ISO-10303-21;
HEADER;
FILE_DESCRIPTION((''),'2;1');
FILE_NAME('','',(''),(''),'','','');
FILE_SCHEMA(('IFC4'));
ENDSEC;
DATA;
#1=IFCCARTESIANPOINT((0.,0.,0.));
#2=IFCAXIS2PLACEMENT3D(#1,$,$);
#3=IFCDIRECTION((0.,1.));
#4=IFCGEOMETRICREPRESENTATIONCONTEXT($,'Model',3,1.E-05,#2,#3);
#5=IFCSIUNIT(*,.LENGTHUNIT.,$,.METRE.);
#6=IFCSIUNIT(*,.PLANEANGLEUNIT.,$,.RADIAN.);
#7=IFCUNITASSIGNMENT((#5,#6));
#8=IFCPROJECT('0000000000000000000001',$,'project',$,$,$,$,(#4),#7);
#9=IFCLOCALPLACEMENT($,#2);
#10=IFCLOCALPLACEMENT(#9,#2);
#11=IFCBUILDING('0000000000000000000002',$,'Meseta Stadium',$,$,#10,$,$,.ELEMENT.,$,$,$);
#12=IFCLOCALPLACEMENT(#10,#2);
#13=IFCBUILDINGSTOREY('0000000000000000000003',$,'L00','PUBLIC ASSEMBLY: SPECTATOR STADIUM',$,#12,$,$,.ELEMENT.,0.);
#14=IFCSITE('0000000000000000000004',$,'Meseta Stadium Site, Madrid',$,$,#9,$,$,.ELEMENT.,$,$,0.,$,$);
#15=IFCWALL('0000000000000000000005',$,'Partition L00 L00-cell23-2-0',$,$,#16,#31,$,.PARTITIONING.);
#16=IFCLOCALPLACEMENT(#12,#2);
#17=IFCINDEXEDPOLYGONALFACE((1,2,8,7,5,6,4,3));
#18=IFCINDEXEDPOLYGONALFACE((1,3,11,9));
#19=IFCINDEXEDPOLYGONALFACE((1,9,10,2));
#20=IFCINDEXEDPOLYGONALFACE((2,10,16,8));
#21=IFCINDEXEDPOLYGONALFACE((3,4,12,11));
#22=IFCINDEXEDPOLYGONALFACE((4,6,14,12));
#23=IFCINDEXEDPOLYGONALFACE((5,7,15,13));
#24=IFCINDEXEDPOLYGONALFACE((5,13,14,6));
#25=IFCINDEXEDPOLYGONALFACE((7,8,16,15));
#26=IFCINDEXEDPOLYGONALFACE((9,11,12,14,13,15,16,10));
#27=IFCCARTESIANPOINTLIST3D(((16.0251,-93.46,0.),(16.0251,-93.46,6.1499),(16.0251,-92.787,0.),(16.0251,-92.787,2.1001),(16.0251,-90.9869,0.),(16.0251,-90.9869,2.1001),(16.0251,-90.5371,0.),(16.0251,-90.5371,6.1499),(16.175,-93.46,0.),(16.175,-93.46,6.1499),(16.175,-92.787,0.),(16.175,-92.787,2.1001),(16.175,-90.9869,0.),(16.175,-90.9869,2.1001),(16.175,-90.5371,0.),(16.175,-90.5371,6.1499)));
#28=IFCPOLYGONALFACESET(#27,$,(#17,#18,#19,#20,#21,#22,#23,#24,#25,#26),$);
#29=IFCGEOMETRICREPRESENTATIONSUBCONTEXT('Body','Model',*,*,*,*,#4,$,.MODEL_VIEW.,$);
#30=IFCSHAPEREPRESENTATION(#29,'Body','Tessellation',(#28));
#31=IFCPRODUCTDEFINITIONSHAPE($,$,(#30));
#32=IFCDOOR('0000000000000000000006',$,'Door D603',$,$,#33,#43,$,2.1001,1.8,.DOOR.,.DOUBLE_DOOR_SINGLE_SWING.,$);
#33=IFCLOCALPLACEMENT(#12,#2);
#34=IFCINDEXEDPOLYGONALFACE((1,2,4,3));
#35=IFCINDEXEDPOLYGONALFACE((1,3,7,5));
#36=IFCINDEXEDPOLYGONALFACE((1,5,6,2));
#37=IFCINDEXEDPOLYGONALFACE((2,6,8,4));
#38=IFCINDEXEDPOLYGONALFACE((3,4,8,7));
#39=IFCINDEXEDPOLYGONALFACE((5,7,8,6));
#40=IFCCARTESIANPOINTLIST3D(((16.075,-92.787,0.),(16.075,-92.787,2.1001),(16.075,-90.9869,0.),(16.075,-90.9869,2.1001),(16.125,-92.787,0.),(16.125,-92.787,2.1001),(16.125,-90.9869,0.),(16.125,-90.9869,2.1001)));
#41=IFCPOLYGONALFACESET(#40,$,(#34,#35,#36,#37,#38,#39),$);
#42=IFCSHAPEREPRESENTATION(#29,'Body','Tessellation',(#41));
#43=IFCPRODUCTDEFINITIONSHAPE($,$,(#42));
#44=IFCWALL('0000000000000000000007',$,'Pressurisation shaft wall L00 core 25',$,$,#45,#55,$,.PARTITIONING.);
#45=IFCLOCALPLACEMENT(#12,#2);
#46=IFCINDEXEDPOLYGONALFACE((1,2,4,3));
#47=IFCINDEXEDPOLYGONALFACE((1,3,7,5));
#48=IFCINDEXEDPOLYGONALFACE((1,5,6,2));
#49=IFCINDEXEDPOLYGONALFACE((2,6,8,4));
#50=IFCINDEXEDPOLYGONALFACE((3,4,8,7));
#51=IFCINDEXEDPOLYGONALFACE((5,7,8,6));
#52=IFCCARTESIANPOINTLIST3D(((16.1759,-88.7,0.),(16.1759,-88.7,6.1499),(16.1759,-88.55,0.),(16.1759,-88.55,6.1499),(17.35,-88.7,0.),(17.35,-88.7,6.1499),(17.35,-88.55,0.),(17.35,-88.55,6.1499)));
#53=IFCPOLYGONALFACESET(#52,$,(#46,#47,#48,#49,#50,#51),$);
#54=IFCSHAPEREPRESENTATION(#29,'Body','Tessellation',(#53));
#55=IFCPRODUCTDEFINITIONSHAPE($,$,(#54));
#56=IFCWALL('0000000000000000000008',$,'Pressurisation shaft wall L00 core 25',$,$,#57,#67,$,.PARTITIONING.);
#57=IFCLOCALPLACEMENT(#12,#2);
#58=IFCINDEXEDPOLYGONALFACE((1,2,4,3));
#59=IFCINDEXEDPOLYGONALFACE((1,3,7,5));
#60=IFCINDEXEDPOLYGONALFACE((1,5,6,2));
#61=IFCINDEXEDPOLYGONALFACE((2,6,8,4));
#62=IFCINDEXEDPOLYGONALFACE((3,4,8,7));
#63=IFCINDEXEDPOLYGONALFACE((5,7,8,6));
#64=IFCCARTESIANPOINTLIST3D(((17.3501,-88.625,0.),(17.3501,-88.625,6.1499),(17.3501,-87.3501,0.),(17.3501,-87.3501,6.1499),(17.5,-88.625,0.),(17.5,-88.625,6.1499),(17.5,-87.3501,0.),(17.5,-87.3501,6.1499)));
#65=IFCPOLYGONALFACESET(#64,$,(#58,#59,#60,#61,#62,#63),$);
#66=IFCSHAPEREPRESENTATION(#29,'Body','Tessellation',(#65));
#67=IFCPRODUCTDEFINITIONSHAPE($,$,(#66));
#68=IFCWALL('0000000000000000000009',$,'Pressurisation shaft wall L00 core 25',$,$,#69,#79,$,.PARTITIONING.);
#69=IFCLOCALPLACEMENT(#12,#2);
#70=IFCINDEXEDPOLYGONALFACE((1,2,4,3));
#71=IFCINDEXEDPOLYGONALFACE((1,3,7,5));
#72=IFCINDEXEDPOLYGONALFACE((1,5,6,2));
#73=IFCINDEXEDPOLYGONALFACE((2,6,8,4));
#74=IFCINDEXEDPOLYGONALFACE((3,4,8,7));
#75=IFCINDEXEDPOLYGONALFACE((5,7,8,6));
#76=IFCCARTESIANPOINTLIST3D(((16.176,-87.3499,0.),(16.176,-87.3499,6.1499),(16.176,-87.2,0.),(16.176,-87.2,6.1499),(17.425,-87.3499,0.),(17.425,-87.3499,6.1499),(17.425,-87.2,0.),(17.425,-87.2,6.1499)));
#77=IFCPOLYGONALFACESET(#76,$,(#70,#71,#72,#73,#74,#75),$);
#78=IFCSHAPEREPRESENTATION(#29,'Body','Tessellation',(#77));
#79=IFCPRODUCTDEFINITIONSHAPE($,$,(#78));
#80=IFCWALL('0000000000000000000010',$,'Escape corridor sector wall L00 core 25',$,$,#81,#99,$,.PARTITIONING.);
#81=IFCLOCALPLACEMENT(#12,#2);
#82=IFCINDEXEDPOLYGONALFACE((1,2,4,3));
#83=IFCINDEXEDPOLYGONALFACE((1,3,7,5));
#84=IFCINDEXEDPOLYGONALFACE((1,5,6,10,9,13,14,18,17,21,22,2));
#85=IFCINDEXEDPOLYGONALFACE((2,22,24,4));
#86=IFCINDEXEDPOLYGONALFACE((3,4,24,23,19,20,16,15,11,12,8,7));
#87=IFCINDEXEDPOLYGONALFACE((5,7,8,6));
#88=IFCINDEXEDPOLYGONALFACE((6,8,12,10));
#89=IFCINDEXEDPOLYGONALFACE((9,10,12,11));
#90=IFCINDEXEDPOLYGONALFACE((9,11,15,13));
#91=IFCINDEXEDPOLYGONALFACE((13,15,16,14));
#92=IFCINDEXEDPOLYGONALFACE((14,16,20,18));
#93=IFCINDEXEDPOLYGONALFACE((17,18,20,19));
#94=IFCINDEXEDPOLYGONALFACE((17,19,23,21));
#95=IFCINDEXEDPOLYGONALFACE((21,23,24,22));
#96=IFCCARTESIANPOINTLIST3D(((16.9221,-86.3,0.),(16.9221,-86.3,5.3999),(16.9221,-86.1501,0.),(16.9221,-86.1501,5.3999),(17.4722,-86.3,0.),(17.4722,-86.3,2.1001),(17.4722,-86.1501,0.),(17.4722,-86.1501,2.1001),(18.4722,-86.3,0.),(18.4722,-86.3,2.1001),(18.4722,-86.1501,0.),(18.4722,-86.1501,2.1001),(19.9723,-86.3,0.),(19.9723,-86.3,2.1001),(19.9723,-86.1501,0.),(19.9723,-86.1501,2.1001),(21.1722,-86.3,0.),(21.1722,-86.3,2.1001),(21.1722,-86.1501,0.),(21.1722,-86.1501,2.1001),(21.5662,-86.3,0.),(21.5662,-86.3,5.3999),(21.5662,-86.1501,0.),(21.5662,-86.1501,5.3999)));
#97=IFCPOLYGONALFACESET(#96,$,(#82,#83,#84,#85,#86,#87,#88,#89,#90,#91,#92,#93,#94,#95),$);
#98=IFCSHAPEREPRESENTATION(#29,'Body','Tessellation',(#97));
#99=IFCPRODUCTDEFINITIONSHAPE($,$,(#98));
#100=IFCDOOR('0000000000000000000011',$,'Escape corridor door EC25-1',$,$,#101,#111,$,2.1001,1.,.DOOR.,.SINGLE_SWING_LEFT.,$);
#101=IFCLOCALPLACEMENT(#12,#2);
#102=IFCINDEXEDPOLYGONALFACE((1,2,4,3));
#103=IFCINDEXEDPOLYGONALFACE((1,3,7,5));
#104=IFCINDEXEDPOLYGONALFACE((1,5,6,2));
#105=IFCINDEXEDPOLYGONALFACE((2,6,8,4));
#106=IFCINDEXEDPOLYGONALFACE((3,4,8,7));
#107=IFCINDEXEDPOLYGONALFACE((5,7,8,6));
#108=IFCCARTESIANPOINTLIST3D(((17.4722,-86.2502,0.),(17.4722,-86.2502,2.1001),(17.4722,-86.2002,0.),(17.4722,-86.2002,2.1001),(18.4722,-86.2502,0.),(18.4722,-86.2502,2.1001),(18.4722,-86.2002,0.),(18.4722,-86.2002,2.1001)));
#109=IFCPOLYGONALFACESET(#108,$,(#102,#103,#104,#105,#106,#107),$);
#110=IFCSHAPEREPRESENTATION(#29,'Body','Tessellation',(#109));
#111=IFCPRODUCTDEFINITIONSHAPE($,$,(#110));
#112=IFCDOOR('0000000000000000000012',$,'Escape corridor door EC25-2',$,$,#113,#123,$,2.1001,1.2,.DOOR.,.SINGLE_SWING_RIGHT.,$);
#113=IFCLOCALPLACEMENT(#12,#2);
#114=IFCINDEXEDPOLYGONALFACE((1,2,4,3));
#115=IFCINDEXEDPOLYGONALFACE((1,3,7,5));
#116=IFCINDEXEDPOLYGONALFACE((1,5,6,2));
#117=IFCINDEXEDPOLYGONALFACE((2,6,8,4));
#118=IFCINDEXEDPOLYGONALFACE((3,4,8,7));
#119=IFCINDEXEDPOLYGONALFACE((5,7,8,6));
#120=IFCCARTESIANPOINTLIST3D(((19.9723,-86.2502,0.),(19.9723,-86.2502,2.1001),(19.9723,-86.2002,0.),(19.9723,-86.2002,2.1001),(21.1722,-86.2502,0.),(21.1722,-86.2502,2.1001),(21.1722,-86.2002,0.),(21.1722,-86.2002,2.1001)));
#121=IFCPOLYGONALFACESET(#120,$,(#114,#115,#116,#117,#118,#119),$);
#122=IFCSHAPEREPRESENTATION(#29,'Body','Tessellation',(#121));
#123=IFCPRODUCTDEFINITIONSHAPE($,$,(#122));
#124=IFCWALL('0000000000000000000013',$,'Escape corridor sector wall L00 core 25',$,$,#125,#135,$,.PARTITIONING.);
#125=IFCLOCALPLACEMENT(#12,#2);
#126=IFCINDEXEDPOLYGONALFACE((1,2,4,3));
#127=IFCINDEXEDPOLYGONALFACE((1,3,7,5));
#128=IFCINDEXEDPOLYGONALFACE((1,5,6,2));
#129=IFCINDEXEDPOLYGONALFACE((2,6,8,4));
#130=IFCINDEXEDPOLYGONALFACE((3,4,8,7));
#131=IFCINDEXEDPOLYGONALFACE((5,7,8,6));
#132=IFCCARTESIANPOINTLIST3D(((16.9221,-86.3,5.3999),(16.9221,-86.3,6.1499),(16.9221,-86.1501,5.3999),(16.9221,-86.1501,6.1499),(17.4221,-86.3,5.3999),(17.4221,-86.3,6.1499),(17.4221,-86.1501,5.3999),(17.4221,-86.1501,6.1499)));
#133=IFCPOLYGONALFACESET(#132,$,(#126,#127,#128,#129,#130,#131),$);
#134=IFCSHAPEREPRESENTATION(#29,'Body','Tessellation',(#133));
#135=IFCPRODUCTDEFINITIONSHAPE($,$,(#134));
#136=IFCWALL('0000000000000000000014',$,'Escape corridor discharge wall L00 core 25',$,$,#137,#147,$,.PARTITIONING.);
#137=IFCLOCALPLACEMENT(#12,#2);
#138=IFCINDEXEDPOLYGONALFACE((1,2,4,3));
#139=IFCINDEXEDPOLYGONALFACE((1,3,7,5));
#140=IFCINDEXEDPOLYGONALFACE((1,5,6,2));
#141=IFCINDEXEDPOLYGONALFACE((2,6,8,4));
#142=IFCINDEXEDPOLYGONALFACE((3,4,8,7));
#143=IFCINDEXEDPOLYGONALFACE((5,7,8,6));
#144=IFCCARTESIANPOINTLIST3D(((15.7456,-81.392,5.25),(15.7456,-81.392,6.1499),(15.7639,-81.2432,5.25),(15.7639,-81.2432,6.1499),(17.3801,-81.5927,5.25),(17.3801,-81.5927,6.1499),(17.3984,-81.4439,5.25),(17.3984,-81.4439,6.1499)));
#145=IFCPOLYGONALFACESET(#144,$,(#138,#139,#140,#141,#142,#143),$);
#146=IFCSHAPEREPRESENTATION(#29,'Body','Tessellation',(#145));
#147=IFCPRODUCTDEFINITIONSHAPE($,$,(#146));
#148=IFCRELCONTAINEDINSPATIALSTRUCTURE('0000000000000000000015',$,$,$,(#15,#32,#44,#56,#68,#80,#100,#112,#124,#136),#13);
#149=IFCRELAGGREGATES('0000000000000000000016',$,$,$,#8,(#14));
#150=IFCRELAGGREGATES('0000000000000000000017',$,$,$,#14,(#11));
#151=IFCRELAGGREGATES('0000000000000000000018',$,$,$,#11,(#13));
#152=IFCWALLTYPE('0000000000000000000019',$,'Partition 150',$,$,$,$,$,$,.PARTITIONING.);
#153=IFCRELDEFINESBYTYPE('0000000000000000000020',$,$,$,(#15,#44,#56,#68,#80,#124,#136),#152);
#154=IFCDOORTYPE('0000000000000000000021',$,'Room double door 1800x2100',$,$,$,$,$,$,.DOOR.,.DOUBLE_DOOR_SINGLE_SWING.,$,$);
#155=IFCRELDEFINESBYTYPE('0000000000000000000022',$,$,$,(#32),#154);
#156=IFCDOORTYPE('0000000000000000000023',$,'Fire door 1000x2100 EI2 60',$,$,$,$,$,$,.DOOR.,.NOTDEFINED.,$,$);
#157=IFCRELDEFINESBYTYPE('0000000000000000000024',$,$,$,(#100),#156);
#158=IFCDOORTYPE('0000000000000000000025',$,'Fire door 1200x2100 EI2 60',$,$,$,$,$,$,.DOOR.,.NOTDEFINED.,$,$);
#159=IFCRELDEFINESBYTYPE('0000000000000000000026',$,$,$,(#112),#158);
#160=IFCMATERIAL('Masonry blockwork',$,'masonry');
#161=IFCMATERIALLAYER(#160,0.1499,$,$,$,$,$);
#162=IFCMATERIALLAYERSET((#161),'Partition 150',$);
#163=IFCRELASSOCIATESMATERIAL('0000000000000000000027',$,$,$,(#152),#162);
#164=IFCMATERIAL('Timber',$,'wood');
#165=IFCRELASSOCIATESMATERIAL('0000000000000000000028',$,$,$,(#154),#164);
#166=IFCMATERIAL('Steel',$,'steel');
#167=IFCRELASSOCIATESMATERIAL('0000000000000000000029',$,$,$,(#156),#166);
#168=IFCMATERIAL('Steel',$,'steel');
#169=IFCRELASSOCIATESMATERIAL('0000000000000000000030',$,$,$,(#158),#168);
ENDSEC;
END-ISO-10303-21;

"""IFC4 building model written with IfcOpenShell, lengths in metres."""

from ifc_helpers import new_model, si_unit, direction, frame, frame_2d, origin, place, context, subcontext, project, spatial, rectangle, extrude, material, layer, layer_set, type_object, element, fill, save


model = new_model("IFC4")

# Units and contexts
model_context = context("Model", 3, precision=1e-05, world=origin(), true_north=direction((0.0, 1.0)))
body_context = subcontext(model_context, "Body", "Model", "MODEL_VIEW")
ifc_project = project(units=[si_unit("LENGTHUNIT", "METRE"), si_unit("PLANEANGLEUNIT", "RADIAN")], contexts=[model_context])

# Site, building, storey
site_placement = place(None, origin())
site = spatial("IfcSite", under=ifc_project, at=site_placement, Name="Meseta Stadium Site, Madrid", CompositionType="ELEMENT", RefElevation=0.0)
building_placement = place(site_placement, origin())
building = spatial("IfcBuilding", under=site, at=building_placement, Name="Meseta Stadium", CompositionType="ELEMENT")
storey_placement = place(building_placement, origin())
storey = spatial("IfcBuildingStorey", under=building, at=storey_placement, Name="L00", Description="PUBLIC ASSEMBLY: SPECTATOR STADIUM", CompositionType="ELEMENT", Elevation=0.0)

# Shared definitions
ifc_material_1 = material(Name="Masonry blockwork", Category="masonry")
ifc_layer_1 = layer(ifc_material_1, 0.1499)
ifc_layer_set_1 = layer_set([ifc_layer_1], Name="Partition 150")
wall_type_1 = type_object("IfcWallType", Name="Partition 150", PredefinedType="PARTITIONING", material=ifc_layer_set_1)

# Wall, opening, door
wall_1_placement = place(storey_placement, frame((16.1001, -90.5371, 0.0), z_axis=(0.0, 0.0, 1.0), x_axis=(0.0, -1.0, 0.0)))
wall_1 = element("IfcWall", 1, at=wall_1_placement, inside=storey, type_object=wall_type_1, Name="Partition L00 L00-cell23-2-0", PredefinedType="PARTITIONING", context=body_context, shape_type="SweptSolid", body=[
    extrude(rectangle(XDim=2.9229, YDim=0.1499, at=frame_2d((1.4614, 0.0))), origin(), (0.0, 0.0, 1.0), 6.1499),
])
opening_1_placement = place(wall_1_placement, frame((0.45, 0.0, 0.0)))
opening_1 = element("IfcOpeningElement", 2, at=opening_1_placement, cuts=wall_1, PredefinedType="OPENING", context=body_context, shape_type="SweptSolid", body=[
    extrude(rectangle(XDim=1.8, YDim=2.1001, at=frame_2d((0.8999, 1.05))), frame((0.0, 0.085, 0.0), z_axis=(0.0, -1.0, 0.0), x_axis=(1.0, 0.0, 0.0)), (0.0, 0.0, 1.0), 0.1699),
])
ifc_material_2 = material(Name="Timber", Category="wood")
door_type_1 = type_object("IfcDoorType", Name="Room double door 1800x2100", OperationType="DOUBLE_DOOR_SINGLE_SWING", PredefinedType="DOOR", material=ifc_material_2)
door_1_placement = place(opening_1_placement, origin())
door_1 = element("IfcDoor", 3, at=door_1_placement, inside=storey, type_object=door_type_1, Name="Door D603", OperationType="DOUBLE_DOOR_SINGLE_SWING", OverallHeight=2.1001, OverallWidth=1.8, PredefinedType="DOOR", context=body_context, shape_type="SweptSolid", body=[
    extrude(rectangle(XDim=1.8, YDim=2.1001, at=frame_2d((0.8999, 1.05))), frame((0.0, 0.0249, 0.0), z_axis=(0.0, -1.0, 0.0), x_axis=(1.0, 0.0, 0.0)), (0.0, 0.0, 1.0), 0.05),
])
fill(opening_1, door_1)

# Walls
wall_2_placement = place(storey_placement, frame((16.176, -88.625, 0.0), z_axis=(0.0, 0.0, 1.0), x_axis=(1.0, 0.0, 0.0)))
element("IfcWall", 4, at=wall_2_placement, inside=storey, type_object=wall_type_1, Name="Pressurisation shaft wall L00 core 25", PredefinedType="PARTITIONING", context=body_context, shape_type="SweptSolid", body=[
    extrude(rectangle(XDim=1.1741, YDim=0.1499, at=frame_2d((0.5869, 0.0))), origin(), (0.0, 0.0, 1.0), 6.1499),
])
wall_3_placement = place(storey_placement, frame((17.425, -88.625, 0.0), z_axis=(0.0, 0.0, 1.0), x_axis=(0.0, 1.0, 0.0)))
element("IfcWall", 5, at=wall_3_placement, inside=storey, type_object=wall_type_1, Name="Pressurisation shaft wall L00 core 25", PredefinedType="PARTITIONING", context=body_context, shape_type="SweptSolid", body=[
    extrude(rectangle(XDim=1.2749, YDim=0.1499, at=frame_2d((0.6375, 0.0))), origin(), (0.0, 0.0, 1.0), 6.1499),
])
wall_4_placement = place(storey_placement, frame((17.425, -87.2749, 0.0), z_axis=(0.0, 0.0, 1.0), x_axis=(-1.0, 0.0, 0.0)))
element("IfcWall", 6, at=wall_4_placement, inside=storey, type_object=wall_type_1, Name="Pressurisation shaft wall L00 core 25", PredefinedType="PARTITIONING", context=body_context, shape_type="SweptSolid", body=[
    extrude(rectangle(XDim=1.249, YDim=0.1499, at=frame_2d((0.6245, 0.0))), origin(), (0.0, 0.0, 1.0), 6.1499),
])

# Wall, openings, doors
wall_5_placement = place(storey_placement, frame((16.9221, -86.2251, 0.0), z_axis=(0.0, 0.0, 1.0), x_axis=(1.0, 0.0, 0.0)))
wall_5 = element("IfcWall", 7, at=wall_5_placement, inside=storey, type_object=wall_type_1, Name="Escape corridor sector wall L00 core 25", PredefinedType="PARTITIONING", context=body_context, shape_type="SweptSolid", body=[
    extrude(rectangle(XDim=4.644, YDim=0.1499, at=frame_2d((2.322, 0.0))), origin(), (0.0, 0.0, 1.0), 5.3999),
])
opening_2_placement = place(wall_5_placement, frame((0.55, 0.0, 0.0)))
opening_2 = element("IfcOpeningElement", 8, at=opening_2_placement, cuts=wall_5, PredefinedType="OPENING", context=body_context, shape_type="SweptSolid", body=[
    extrude(rectangle(XDim=1.0, YDim=2.1001, at=frame_2d((0.5, 1.05))), frame((0.0, 0.085, 0.0), z_axis=(0.0, -1.0, 0.0), x_axis=(1.0, 0.0, 0.0)), (0.0, 0.0, 1.0), 0.1699),
])
opening_3_placement = place(wall_5_placement, frame((3.05, 0.0, 0.0)))
opening_3 = element("IfcOpeningElement", 9, at=opening_3_placement, cuts=wall_5, PredefinedType="OPENING", context=body_context, shape_type="SweptSolid", body=[
    extrude(rectangle(XDim=1.2, YDim=2.1001, at=frame_2d((0.6001, 1.05))), frame((0.0, 0.085, 0.0), z_axis=(0.0, -1.0, 0.0), x_axis=(1.0, 0.0, 0.0)), (0.0, 0.0, 1.0), 0.1699),
])
ifc_material_3 = material(Name="Steel", Category="steel")
door_type_2 = type_object("IfcDoorType", Name="Fire door 1000x2100 EI2 60", OperationType="NOTDEFINED", PredefinedType="DOOR", material=ifc_material_3)
door_2_placement = place(opening_2_placement, origin())
door_2 = element("IfcDoor", 10, at=door_2_placement, inside=storey, type_object=door_type_2, Name="Escape corridor door EC25-1", OperationType="SINGLE_SWING_LEFT", OverallHeight=2.1001, OverallWidth=1.0, PredefinedType="DOOR", context=body_context, shape_type="SweptSolid", body=[
    extrude(rectangle(XDim=1.0, YDim=2.1001, at=frame_2d((0.5, 1.05))), frame((0.0, 0.0249, 0.0), z_axis=(0.0, -1.0, 0.0), x_axis=(1.0, 0.0, 0.0)), (0.0, 0.0, 1.0), 0.05),
])
fill(opening_2, door_2)
ifc_material_4 = material(Name="Steel", Category="steel")
door_type_3 = type_object("IfcDoorType", Name="Fire door 1200x2100 EI2 60", OperationType="NOTDEFINED", PredefinedType="DOOR", material=ifc_material_4)
door_3_placement = place(opening_3_placement, origin())
door_3 = element("IfcDoor", 11, at=door_3_placement, inside=storey, type_object=door_type_3, Name="Escape corridor door EC25-2", OperationType="SINGLE_SWING_RIGHT", OverallHeight=2.1001, OverallWidth=1.2, PredefinedType="DOOR", context=body_context, shape_type="SweptSolid", body=[
    extrude(rectangle(XDim=1.2, YDim=2.1001, at=frame_2d((0.6001, 1.05))), frame((0.0, 0.0249, 0.0), z_axis=(0.0, -1.0, 0.0), x_axis=(1.0, 0.0, 0.0)), (0.0, 0.0, 1.0), 0.05),
])
fill(opening_3, door_3)

# Walls
wall_6_placement = place(storey_placement, frame((16.9221, -86.2251, 5.3999), z_axis=(0.0, 0.0, 1.0), x_axis=(1.0, 0.0, 0.0)))
element("IfcWall", 12, at=wall_6_placement, inside=storey, type_object=wall_type_1, Name="Escape corridor sector wall L00 core 25", PredefinedType="PARTITIONING", context=body_context, shape_type="SweptSolid", body=[
    extrude(rectangle(XDim=0.5, YDim=0.1499, at=frame_2d((0.25, 0.0))), origin(), (0.0, 0.0, 1.0), 0.75),
])
wall_7_placement = place(storey_placement, frame((15.7549, -81.3176, 5.25), z_axis=(0.0, 0.0, 1.0), x_axis=(0.992547, -0.121863, 0.0)))
element("IfcWall", 13, at=wall_7_placement, inside=storey, type_object=wall_type_1, Name="Escape corridor discharge wall L00 core 25", PredefinedType="PARTITIONING", context=body_context, shape_type="SweptSolid", body=[
    extrude(rectangle(XDim=1.6467, YDim=0.1499, at=frame_2d((0.8232, 0.0))), origin(), (0.0, 0.0, 1.0), 0.8999),
])

save(model, "model.ifc")
